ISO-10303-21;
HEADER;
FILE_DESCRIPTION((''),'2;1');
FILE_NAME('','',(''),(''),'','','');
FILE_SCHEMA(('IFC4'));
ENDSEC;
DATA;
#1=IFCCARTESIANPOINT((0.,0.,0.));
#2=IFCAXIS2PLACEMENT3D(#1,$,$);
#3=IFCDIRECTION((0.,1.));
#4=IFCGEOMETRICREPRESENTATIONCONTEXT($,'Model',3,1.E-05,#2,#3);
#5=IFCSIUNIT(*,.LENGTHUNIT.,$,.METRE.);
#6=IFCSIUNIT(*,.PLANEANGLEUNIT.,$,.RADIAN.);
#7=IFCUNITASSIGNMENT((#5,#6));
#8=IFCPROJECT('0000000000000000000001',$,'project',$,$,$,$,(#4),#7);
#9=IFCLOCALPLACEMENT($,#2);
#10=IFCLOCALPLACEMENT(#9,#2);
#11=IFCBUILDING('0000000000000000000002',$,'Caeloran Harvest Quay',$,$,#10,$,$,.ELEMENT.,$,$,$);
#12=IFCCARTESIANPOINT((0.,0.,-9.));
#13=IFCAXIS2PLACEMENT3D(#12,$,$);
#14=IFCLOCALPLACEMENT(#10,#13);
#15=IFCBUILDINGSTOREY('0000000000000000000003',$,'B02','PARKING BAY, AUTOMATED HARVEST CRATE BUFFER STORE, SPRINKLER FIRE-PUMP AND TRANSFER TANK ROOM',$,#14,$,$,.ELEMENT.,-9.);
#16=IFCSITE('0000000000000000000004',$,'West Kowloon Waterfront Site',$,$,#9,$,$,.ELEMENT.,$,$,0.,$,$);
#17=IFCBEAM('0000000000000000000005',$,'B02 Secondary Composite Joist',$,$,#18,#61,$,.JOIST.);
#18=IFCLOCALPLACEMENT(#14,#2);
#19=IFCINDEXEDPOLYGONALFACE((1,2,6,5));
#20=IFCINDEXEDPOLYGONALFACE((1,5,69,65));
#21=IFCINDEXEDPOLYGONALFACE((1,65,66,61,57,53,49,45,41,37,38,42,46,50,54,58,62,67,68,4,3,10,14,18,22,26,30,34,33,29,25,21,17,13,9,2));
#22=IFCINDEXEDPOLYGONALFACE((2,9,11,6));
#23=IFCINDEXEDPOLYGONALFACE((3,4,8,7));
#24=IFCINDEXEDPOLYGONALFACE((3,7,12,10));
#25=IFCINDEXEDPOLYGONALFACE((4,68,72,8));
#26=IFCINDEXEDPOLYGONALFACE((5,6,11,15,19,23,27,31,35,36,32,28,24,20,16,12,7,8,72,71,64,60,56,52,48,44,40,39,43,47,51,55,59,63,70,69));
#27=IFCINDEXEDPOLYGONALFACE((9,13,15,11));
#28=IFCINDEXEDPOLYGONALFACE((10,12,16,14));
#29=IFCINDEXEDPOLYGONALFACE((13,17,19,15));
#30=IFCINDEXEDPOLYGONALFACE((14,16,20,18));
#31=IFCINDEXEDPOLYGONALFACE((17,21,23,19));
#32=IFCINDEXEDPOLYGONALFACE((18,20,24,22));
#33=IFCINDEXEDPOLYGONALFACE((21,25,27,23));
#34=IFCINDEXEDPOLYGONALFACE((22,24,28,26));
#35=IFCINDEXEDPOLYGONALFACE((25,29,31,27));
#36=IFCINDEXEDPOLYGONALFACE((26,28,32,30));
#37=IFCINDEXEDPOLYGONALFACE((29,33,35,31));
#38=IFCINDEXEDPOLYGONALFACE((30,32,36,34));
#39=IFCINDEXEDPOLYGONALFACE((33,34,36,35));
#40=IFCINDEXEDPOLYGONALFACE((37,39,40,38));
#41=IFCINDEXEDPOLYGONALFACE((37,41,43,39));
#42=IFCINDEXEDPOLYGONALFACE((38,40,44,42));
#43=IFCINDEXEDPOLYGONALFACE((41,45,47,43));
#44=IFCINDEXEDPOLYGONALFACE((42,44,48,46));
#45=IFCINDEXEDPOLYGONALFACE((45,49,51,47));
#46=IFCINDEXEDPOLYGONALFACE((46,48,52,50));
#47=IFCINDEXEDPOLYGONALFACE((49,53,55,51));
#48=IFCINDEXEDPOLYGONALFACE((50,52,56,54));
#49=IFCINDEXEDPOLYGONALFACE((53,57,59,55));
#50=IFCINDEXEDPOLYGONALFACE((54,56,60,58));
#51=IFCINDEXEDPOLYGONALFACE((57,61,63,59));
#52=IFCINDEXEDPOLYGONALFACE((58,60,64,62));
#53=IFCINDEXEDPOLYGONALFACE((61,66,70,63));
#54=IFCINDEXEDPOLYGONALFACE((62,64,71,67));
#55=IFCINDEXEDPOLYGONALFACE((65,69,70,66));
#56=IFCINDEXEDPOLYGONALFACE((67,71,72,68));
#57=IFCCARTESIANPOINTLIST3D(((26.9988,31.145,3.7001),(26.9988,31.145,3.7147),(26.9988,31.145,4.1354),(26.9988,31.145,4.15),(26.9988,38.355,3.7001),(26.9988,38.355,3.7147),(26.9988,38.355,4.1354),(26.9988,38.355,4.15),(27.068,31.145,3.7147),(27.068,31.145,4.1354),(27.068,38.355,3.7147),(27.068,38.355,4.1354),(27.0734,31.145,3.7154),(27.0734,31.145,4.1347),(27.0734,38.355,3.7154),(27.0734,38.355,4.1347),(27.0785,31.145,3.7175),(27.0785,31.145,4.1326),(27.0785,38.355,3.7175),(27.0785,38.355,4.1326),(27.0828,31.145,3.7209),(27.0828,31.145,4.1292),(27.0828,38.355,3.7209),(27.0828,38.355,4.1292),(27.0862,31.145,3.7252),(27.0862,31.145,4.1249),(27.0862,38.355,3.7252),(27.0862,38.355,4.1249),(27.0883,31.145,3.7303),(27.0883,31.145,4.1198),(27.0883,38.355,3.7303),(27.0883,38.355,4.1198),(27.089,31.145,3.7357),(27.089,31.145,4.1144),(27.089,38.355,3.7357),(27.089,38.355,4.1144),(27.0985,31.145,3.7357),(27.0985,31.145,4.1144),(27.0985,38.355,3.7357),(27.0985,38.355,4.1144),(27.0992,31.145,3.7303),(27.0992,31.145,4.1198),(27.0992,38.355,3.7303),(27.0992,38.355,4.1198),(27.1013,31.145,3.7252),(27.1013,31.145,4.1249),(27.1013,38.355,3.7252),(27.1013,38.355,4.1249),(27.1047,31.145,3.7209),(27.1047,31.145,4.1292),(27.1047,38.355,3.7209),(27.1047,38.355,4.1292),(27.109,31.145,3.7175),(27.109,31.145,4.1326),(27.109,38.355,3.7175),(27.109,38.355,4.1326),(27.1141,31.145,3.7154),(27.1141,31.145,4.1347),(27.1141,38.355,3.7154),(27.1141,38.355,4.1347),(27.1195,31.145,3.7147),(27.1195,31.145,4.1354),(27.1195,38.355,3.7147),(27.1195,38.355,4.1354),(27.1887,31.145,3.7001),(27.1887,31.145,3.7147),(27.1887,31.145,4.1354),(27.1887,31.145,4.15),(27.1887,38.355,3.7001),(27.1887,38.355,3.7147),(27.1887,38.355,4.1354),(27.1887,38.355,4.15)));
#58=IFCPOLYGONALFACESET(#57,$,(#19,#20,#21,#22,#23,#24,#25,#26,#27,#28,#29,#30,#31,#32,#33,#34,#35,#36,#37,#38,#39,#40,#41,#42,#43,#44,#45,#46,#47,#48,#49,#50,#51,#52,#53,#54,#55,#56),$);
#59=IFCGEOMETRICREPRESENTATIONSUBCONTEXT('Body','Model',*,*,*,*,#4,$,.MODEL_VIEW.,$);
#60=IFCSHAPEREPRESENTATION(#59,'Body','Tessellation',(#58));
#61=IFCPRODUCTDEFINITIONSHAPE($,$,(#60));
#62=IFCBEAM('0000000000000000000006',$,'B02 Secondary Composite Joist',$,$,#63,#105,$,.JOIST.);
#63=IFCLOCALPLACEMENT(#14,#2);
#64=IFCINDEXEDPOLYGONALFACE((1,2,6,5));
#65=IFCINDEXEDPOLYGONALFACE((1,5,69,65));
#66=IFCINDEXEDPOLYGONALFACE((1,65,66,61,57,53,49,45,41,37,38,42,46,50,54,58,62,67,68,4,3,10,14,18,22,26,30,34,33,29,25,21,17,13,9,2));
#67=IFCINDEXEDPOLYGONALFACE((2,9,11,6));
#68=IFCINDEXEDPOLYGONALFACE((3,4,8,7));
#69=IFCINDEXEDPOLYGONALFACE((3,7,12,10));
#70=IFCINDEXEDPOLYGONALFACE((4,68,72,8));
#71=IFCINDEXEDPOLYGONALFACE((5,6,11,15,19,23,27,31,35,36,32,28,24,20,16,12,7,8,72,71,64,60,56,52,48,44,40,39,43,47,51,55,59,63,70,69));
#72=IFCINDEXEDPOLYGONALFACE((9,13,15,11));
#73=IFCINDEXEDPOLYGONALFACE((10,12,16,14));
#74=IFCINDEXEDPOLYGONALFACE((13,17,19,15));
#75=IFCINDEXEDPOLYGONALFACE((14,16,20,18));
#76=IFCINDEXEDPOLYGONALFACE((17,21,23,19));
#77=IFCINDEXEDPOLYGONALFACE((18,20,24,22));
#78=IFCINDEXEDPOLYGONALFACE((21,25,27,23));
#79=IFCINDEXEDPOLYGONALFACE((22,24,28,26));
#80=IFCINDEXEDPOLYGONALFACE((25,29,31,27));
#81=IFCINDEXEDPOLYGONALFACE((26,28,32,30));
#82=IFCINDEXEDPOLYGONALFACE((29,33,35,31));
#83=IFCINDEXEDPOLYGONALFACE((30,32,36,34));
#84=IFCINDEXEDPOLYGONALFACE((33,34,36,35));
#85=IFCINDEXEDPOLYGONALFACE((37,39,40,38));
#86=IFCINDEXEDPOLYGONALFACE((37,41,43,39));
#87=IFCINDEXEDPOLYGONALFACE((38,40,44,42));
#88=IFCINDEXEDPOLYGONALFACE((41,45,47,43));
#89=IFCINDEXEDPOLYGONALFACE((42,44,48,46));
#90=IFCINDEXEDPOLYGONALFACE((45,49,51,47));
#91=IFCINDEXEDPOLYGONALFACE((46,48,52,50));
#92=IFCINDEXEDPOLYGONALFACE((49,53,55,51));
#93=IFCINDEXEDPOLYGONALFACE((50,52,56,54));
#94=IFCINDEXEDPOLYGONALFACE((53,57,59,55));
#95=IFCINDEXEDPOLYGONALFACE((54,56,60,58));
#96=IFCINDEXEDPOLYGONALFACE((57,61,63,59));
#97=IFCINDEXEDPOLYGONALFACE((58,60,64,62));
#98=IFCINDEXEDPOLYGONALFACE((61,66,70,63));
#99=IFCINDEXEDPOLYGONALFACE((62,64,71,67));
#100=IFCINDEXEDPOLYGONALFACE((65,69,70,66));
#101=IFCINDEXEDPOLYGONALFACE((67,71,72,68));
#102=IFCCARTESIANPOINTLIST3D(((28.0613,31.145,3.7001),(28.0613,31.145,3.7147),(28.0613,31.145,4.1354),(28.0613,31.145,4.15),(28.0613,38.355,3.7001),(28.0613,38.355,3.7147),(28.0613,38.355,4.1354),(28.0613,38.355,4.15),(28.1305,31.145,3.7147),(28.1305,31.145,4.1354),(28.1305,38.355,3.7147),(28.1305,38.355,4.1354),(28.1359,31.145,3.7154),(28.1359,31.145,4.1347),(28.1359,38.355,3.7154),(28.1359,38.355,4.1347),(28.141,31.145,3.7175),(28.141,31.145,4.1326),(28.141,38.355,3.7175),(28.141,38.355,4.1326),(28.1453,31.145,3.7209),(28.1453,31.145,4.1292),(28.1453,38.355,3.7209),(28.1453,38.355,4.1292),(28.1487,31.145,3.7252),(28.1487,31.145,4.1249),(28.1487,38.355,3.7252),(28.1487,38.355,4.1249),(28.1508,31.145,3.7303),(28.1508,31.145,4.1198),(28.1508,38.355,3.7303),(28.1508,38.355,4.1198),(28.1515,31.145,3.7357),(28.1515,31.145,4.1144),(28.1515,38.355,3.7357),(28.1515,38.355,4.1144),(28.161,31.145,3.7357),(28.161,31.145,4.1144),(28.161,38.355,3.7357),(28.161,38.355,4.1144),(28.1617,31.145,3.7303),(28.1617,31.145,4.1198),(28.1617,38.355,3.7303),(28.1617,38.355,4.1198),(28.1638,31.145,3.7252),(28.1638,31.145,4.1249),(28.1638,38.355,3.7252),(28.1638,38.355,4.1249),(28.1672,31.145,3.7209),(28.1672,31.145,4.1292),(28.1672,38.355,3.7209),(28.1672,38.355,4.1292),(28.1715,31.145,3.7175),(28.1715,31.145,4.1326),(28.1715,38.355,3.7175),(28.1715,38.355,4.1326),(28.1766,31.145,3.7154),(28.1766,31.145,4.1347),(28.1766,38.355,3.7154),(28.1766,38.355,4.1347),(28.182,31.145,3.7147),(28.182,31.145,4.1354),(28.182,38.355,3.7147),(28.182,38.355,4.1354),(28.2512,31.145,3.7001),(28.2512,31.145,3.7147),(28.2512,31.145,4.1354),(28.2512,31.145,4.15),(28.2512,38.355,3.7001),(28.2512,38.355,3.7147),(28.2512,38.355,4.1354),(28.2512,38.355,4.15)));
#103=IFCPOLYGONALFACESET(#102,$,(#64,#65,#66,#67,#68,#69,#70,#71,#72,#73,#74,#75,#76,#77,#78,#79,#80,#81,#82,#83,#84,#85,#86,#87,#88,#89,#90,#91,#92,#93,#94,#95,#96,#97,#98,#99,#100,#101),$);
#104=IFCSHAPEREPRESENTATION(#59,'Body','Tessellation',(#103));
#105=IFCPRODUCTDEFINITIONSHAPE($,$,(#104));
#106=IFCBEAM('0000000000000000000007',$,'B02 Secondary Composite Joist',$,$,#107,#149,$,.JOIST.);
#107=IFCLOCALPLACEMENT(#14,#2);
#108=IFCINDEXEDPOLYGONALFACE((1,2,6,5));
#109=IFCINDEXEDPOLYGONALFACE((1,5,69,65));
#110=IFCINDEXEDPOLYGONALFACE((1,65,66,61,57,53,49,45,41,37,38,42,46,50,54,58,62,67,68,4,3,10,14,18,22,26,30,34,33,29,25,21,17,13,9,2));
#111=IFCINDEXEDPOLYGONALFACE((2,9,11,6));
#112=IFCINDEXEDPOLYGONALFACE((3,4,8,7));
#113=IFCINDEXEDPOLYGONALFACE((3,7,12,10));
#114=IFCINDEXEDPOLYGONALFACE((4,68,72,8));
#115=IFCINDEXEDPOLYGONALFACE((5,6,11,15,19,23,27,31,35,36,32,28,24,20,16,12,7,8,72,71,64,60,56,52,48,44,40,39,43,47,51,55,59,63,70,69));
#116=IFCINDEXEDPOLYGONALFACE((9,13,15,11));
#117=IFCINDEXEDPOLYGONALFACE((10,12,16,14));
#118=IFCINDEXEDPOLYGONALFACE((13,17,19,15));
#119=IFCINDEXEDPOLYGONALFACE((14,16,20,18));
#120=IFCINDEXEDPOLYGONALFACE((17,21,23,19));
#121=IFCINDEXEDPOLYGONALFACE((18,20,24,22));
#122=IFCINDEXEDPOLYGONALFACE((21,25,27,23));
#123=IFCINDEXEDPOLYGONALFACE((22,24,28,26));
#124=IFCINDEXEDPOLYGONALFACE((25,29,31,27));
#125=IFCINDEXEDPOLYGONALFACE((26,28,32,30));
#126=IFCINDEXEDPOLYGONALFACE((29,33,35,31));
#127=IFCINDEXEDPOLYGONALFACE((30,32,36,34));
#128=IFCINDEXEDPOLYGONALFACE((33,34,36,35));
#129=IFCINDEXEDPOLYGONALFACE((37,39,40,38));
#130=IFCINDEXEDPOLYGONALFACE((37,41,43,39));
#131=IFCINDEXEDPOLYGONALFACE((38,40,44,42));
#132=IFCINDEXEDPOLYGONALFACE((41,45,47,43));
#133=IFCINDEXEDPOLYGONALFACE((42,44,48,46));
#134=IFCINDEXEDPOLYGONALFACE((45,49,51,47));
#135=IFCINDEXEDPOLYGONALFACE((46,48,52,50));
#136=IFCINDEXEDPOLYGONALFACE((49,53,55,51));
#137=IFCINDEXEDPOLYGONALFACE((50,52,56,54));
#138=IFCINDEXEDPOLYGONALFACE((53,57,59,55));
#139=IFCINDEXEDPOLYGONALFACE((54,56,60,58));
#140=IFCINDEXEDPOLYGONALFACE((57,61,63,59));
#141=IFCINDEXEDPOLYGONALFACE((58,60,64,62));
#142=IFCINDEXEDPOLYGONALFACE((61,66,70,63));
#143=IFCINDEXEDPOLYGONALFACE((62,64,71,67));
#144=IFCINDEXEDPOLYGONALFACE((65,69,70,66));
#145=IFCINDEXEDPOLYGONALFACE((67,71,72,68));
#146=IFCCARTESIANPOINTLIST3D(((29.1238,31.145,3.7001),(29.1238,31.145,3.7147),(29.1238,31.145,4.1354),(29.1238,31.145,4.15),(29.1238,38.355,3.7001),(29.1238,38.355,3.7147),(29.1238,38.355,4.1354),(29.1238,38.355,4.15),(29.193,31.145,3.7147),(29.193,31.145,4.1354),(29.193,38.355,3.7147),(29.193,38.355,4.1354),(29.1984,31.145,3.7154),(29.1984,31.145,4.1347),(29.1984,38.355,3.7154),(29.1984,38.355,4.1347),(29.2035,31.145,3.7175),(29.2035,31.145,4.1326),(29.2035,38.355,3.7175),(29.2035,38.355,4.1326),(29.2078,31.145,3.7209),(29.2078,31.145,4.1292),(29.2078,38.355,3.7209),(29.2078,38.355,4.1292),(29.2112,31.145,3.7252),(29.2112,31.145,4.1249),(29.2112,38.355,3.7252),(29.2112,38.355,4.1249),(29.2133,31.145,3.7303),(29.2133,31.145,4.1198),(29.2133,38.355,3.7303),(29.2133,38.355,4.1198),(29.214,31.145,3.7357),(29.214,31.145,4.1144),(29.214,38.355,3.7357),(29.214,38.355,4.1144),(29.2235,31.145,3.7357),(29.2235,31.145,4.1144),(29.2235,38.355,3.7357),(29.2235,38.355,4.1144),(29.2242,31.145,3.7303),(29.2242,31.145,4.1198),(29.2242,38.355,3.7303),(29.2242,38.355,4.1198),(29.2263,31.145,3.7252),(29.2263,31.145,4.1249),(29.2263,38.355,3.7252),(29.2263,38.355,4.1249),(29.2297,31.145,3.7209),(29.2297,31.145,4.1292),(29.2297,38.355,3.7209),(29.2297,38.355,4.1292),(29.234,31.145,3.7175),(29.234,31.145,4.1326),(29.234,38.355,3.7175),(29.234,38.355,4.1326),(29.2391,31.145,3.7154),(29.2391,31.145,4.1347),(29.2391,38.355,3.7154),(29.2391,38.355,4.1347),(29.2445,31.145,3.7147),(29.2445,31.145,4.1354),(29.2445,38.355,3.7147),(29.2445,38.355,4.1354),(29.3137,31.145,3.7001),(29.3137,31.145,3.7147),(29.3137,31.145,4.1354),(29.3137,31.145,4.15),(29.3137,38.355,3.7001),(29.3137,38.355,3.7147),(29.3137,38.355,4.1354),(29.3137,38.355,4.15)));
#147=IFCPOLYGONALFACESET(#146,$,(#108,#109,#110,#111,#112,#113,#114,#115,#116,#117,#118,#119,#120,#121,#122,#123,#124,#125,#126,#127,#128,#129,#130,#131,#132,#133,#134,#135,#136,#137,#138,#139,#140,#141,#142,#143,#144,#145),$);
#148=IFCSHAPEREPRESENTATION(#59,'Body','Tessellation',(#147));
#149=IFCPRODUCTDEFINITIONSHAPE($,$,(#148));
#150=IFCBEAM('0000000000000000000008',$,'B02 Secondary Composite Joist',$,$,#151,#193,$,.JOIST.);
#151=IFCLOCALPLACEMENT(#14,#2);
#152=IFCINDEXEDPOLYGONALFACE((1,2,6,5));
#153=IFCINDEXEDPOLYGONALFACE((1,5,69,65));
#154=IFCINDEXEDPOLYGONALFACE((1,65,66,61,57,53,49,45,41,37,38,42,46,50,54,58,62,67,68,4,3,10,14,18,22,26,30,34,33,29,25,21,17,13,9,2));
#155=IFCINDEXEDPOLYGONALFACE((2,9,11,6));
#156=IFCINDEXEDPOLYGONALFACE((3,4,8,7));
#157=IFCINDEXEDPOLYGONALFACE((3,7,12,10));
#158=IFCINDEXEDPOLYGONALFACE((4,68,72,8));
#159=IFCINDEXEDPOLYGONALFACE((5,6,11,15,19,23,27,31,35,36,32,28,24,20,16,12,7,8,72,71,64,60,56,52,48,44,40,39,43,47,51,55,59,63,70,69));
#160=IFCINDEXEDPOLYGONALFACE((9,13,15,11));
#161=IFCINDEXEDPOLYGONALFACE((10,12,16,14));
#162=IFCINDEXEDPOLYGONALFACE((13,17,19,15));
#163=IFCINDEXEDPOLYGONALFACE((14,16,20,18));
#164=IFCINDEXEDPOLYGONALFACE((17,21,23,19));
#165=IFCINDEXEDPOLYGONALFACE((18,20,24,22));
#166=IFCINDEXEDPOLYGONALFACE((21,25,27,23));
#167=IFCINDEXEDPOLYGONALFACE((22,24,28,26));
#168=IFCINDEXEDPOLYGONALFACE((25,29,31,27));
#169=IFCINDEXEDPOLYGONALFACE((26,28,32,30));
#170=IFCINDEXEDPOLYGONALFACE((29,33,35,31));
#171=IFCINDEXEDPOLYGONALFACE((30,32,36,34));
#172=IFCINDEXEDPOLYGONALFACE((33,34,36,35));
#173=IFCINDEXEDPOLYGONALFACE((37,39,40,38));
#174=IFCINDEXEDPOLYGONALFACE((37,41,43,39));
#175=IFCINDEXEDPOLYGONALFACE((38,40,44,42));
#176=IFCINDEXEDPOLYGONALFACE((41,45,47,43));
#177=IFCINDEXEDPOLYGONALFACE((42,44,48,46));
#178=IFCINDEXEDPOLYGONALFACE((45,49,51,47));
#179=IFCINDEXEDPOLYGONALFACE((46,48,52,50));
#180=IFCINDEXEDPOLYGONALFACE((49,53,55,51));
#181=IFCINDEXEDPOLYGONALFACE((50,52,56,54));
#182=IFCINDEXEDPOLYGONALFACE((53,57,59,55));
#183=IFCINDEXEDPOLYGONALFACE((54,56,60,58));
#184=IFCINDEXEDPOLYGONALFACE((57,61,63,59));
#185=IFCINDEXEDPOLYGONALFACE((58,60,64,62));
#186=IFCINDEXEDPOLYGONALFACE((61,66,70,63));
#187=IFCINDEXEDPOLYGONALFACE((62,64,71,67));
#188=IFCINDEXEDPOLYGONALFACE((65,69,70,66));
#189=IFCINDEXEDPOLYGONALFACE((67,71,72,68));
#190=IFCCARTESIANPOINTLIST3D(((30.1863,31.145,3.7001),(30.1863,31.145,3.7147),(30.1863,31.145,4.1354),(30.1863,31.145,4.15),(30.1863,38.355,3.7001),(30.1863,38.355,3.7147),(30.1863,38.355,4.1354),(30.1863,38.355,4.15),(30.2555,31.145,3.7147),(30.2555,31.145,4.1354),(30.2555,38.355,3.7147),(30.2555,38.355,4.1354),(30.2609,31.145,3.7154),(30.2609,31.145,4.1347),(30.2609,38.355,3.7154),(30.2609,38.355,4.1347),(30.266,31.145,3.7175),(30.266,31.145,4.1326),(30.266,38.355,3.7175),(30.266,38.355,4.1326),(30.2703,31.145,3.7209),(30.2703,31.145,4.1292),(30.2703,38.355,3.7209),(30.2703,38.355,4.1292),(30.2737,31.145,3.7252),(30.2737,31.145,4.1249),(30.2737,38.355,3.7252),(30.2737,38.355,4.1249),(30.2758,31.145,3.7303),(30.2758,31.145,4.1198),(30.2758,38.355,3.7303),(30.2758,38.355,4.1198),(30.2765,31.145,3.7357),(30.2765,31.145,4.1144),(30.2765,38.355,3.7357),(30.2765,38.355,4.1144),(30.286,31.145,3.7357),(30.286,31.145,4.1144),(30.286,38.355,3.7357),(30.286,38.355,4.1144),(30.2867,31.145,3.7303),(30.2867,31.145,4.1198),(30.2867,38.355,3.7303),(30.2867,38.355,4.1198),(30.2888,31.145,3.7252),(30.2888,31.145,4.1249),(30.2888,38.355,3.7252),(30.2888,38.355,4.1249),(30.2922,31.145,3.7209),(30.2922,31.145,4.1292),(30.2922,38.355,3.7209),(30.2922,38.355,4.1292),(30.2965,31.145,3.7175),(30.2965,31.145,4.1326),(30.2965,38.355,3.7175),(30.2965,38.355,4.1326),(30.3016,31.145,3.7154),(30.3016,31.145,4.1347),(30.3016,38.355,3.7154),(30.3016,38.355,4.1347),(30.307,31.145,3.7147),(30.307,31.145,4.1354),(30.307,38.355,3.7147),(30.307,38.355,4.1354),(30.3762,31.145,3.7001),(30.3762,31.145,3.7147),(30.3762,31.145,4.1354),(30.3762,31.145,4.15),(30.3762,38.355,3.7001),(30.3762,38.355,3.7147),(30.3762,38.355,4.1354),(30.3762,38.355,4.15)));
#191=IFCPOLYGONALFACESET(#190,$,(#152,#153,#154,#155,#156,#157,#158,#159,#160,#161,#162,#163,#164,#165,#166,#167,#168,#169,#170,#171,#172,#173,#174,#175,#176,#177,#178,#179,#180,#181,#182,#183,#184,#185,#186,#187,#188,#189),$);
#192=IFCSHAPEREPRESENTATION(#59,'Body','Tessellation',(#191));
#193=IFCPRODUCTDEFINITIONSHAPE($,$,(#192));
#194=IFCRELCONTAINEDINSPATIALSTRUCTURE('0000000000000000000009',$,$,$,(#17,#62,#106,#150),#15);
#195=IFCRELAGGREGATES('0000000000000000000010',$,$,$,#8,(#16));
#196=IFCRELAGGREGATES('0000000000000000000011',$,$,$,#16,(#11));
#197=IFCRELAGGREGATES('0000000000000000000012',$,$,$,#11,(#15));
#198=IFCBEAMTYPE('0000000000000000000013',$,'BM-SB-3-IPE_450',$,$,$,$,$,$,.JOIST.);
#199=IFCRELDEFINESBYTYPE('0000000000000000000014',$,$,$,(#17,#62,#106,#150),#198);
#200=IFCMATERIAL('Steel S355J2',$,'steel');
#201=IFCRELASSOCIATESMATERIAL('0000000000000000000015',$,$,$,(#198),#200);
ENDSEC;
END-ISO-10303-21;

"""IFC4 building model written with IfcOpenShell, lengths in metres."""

from ifc_helpers import new_model, si_unit, direction, frame, origin, origin_2d, place, context, subcontext, project, spatial, i_section, extrude, material, material_profile, profile_set, type_object, element, save


model = new_model("IFC4")

# Units and contexts
model_context = context("Model", 3, precision=1e-05, world=origin(), true_north=direction((0.0, 1.0)))
body_context = subcontext(model_context, "Body", "Model", "MODEL_VIEW")
ifc_project = project(units=[si_unit("LENGTHUNIT", "METRE"), si_unit("PLANEANGLEUNIT", "RADIAN")], contexts=[model_context])

# Site, building, storey
site_placement = place(None, origin())
site = spatial("IfcSite", under=ifc_project, at=site_placement, Name="West Kowloon Waterfront Site", CompositionType="ELEMENT", RefElevation=0.0)
building_placement = place(site_placement, origin())
building = spatial("IfcBuilding", under=site, at=building_placement, Name="Caeloran Harvest Quay", CompositionType="ELEMENT")
storey_placement = place(building_placement, frame((0.0, 0.0, -9.0)))
storey = spatial("IfcBuildingStorey", under=building, at=storey_placement, Name="B02", Description="PARKING BAY, AUTOMATED HARVEST CRATE BUFFER STORE, SPRINKLER FIRE-PUMP AND TRANSFER TANK ROOM", CompositionType="ELEMENT", Elevation=-9.0)

# Beams
ifc_material_1 = material(Name="Steel S355J2", Category="steel")
ifc_material_profile_1 = material_profile(ifc_material_1, i_section(OverallWidth=0.1899, OverallDepth=0.45, WebThickness=0.0095, FlangeThickness=0.0146, FilletRadius=0.021, at=origin_2d()), Name="IPE 450")
ifc_profile_set_1 = profile_set([ifc_material_profile_1], Name="Steel S355J2")
beam_type_1 = type_object("IfcBeamType", Name="BM-SB-3-IPE_450", PredefinedType="JOIST", material=ifc_profile_set_1)
for number, where, z_axis, x_axis, name in (
    (1, (27.0938, 31.145, 3.925), (0.0, 1.0, 0.0), (-1.0, 0.0, 0.0), "B02 Secondary Composite Joist"),
    (2, (28.1562, 31.145, 3.925), (0.0, 1.0, 0.0), (-1.0, 0.0, 0.0), "B02 Secondary Composite Joist"),
    (3, (29.2188, 31.145, 3.925), (0.0, 1.0, 0.0), (-1.0, 0.0, 0.0), "B02 Secondary Composite Joist"),
    (4, (30.2812, 31.145, 3.925), (0.0, 1.0, 0.0), (-1.0, 0.0, 0.0), "B02 Secondary Composite Joist"),
):
    element("IfcBeam", number, at=place(storey_placement, frame(where, z_axis=z_axis, x_axis=x_axis)), inside=storey, type_object=beam_type_1, Name=name, PredefinedType="JOIST", context=body_context, shape_type="SweptSolid", body=[
        extrude(i_section(OverallWidth=0.1899, OverallDepth=0.45, WebThickness=0.0095, FlangeThickness=0.0146, FilletRadius=0.021, at=origin_2d()), origin(), (0.0, 0.0, 1.0), 7.21),
    ])

save(model, "model.ifc")
